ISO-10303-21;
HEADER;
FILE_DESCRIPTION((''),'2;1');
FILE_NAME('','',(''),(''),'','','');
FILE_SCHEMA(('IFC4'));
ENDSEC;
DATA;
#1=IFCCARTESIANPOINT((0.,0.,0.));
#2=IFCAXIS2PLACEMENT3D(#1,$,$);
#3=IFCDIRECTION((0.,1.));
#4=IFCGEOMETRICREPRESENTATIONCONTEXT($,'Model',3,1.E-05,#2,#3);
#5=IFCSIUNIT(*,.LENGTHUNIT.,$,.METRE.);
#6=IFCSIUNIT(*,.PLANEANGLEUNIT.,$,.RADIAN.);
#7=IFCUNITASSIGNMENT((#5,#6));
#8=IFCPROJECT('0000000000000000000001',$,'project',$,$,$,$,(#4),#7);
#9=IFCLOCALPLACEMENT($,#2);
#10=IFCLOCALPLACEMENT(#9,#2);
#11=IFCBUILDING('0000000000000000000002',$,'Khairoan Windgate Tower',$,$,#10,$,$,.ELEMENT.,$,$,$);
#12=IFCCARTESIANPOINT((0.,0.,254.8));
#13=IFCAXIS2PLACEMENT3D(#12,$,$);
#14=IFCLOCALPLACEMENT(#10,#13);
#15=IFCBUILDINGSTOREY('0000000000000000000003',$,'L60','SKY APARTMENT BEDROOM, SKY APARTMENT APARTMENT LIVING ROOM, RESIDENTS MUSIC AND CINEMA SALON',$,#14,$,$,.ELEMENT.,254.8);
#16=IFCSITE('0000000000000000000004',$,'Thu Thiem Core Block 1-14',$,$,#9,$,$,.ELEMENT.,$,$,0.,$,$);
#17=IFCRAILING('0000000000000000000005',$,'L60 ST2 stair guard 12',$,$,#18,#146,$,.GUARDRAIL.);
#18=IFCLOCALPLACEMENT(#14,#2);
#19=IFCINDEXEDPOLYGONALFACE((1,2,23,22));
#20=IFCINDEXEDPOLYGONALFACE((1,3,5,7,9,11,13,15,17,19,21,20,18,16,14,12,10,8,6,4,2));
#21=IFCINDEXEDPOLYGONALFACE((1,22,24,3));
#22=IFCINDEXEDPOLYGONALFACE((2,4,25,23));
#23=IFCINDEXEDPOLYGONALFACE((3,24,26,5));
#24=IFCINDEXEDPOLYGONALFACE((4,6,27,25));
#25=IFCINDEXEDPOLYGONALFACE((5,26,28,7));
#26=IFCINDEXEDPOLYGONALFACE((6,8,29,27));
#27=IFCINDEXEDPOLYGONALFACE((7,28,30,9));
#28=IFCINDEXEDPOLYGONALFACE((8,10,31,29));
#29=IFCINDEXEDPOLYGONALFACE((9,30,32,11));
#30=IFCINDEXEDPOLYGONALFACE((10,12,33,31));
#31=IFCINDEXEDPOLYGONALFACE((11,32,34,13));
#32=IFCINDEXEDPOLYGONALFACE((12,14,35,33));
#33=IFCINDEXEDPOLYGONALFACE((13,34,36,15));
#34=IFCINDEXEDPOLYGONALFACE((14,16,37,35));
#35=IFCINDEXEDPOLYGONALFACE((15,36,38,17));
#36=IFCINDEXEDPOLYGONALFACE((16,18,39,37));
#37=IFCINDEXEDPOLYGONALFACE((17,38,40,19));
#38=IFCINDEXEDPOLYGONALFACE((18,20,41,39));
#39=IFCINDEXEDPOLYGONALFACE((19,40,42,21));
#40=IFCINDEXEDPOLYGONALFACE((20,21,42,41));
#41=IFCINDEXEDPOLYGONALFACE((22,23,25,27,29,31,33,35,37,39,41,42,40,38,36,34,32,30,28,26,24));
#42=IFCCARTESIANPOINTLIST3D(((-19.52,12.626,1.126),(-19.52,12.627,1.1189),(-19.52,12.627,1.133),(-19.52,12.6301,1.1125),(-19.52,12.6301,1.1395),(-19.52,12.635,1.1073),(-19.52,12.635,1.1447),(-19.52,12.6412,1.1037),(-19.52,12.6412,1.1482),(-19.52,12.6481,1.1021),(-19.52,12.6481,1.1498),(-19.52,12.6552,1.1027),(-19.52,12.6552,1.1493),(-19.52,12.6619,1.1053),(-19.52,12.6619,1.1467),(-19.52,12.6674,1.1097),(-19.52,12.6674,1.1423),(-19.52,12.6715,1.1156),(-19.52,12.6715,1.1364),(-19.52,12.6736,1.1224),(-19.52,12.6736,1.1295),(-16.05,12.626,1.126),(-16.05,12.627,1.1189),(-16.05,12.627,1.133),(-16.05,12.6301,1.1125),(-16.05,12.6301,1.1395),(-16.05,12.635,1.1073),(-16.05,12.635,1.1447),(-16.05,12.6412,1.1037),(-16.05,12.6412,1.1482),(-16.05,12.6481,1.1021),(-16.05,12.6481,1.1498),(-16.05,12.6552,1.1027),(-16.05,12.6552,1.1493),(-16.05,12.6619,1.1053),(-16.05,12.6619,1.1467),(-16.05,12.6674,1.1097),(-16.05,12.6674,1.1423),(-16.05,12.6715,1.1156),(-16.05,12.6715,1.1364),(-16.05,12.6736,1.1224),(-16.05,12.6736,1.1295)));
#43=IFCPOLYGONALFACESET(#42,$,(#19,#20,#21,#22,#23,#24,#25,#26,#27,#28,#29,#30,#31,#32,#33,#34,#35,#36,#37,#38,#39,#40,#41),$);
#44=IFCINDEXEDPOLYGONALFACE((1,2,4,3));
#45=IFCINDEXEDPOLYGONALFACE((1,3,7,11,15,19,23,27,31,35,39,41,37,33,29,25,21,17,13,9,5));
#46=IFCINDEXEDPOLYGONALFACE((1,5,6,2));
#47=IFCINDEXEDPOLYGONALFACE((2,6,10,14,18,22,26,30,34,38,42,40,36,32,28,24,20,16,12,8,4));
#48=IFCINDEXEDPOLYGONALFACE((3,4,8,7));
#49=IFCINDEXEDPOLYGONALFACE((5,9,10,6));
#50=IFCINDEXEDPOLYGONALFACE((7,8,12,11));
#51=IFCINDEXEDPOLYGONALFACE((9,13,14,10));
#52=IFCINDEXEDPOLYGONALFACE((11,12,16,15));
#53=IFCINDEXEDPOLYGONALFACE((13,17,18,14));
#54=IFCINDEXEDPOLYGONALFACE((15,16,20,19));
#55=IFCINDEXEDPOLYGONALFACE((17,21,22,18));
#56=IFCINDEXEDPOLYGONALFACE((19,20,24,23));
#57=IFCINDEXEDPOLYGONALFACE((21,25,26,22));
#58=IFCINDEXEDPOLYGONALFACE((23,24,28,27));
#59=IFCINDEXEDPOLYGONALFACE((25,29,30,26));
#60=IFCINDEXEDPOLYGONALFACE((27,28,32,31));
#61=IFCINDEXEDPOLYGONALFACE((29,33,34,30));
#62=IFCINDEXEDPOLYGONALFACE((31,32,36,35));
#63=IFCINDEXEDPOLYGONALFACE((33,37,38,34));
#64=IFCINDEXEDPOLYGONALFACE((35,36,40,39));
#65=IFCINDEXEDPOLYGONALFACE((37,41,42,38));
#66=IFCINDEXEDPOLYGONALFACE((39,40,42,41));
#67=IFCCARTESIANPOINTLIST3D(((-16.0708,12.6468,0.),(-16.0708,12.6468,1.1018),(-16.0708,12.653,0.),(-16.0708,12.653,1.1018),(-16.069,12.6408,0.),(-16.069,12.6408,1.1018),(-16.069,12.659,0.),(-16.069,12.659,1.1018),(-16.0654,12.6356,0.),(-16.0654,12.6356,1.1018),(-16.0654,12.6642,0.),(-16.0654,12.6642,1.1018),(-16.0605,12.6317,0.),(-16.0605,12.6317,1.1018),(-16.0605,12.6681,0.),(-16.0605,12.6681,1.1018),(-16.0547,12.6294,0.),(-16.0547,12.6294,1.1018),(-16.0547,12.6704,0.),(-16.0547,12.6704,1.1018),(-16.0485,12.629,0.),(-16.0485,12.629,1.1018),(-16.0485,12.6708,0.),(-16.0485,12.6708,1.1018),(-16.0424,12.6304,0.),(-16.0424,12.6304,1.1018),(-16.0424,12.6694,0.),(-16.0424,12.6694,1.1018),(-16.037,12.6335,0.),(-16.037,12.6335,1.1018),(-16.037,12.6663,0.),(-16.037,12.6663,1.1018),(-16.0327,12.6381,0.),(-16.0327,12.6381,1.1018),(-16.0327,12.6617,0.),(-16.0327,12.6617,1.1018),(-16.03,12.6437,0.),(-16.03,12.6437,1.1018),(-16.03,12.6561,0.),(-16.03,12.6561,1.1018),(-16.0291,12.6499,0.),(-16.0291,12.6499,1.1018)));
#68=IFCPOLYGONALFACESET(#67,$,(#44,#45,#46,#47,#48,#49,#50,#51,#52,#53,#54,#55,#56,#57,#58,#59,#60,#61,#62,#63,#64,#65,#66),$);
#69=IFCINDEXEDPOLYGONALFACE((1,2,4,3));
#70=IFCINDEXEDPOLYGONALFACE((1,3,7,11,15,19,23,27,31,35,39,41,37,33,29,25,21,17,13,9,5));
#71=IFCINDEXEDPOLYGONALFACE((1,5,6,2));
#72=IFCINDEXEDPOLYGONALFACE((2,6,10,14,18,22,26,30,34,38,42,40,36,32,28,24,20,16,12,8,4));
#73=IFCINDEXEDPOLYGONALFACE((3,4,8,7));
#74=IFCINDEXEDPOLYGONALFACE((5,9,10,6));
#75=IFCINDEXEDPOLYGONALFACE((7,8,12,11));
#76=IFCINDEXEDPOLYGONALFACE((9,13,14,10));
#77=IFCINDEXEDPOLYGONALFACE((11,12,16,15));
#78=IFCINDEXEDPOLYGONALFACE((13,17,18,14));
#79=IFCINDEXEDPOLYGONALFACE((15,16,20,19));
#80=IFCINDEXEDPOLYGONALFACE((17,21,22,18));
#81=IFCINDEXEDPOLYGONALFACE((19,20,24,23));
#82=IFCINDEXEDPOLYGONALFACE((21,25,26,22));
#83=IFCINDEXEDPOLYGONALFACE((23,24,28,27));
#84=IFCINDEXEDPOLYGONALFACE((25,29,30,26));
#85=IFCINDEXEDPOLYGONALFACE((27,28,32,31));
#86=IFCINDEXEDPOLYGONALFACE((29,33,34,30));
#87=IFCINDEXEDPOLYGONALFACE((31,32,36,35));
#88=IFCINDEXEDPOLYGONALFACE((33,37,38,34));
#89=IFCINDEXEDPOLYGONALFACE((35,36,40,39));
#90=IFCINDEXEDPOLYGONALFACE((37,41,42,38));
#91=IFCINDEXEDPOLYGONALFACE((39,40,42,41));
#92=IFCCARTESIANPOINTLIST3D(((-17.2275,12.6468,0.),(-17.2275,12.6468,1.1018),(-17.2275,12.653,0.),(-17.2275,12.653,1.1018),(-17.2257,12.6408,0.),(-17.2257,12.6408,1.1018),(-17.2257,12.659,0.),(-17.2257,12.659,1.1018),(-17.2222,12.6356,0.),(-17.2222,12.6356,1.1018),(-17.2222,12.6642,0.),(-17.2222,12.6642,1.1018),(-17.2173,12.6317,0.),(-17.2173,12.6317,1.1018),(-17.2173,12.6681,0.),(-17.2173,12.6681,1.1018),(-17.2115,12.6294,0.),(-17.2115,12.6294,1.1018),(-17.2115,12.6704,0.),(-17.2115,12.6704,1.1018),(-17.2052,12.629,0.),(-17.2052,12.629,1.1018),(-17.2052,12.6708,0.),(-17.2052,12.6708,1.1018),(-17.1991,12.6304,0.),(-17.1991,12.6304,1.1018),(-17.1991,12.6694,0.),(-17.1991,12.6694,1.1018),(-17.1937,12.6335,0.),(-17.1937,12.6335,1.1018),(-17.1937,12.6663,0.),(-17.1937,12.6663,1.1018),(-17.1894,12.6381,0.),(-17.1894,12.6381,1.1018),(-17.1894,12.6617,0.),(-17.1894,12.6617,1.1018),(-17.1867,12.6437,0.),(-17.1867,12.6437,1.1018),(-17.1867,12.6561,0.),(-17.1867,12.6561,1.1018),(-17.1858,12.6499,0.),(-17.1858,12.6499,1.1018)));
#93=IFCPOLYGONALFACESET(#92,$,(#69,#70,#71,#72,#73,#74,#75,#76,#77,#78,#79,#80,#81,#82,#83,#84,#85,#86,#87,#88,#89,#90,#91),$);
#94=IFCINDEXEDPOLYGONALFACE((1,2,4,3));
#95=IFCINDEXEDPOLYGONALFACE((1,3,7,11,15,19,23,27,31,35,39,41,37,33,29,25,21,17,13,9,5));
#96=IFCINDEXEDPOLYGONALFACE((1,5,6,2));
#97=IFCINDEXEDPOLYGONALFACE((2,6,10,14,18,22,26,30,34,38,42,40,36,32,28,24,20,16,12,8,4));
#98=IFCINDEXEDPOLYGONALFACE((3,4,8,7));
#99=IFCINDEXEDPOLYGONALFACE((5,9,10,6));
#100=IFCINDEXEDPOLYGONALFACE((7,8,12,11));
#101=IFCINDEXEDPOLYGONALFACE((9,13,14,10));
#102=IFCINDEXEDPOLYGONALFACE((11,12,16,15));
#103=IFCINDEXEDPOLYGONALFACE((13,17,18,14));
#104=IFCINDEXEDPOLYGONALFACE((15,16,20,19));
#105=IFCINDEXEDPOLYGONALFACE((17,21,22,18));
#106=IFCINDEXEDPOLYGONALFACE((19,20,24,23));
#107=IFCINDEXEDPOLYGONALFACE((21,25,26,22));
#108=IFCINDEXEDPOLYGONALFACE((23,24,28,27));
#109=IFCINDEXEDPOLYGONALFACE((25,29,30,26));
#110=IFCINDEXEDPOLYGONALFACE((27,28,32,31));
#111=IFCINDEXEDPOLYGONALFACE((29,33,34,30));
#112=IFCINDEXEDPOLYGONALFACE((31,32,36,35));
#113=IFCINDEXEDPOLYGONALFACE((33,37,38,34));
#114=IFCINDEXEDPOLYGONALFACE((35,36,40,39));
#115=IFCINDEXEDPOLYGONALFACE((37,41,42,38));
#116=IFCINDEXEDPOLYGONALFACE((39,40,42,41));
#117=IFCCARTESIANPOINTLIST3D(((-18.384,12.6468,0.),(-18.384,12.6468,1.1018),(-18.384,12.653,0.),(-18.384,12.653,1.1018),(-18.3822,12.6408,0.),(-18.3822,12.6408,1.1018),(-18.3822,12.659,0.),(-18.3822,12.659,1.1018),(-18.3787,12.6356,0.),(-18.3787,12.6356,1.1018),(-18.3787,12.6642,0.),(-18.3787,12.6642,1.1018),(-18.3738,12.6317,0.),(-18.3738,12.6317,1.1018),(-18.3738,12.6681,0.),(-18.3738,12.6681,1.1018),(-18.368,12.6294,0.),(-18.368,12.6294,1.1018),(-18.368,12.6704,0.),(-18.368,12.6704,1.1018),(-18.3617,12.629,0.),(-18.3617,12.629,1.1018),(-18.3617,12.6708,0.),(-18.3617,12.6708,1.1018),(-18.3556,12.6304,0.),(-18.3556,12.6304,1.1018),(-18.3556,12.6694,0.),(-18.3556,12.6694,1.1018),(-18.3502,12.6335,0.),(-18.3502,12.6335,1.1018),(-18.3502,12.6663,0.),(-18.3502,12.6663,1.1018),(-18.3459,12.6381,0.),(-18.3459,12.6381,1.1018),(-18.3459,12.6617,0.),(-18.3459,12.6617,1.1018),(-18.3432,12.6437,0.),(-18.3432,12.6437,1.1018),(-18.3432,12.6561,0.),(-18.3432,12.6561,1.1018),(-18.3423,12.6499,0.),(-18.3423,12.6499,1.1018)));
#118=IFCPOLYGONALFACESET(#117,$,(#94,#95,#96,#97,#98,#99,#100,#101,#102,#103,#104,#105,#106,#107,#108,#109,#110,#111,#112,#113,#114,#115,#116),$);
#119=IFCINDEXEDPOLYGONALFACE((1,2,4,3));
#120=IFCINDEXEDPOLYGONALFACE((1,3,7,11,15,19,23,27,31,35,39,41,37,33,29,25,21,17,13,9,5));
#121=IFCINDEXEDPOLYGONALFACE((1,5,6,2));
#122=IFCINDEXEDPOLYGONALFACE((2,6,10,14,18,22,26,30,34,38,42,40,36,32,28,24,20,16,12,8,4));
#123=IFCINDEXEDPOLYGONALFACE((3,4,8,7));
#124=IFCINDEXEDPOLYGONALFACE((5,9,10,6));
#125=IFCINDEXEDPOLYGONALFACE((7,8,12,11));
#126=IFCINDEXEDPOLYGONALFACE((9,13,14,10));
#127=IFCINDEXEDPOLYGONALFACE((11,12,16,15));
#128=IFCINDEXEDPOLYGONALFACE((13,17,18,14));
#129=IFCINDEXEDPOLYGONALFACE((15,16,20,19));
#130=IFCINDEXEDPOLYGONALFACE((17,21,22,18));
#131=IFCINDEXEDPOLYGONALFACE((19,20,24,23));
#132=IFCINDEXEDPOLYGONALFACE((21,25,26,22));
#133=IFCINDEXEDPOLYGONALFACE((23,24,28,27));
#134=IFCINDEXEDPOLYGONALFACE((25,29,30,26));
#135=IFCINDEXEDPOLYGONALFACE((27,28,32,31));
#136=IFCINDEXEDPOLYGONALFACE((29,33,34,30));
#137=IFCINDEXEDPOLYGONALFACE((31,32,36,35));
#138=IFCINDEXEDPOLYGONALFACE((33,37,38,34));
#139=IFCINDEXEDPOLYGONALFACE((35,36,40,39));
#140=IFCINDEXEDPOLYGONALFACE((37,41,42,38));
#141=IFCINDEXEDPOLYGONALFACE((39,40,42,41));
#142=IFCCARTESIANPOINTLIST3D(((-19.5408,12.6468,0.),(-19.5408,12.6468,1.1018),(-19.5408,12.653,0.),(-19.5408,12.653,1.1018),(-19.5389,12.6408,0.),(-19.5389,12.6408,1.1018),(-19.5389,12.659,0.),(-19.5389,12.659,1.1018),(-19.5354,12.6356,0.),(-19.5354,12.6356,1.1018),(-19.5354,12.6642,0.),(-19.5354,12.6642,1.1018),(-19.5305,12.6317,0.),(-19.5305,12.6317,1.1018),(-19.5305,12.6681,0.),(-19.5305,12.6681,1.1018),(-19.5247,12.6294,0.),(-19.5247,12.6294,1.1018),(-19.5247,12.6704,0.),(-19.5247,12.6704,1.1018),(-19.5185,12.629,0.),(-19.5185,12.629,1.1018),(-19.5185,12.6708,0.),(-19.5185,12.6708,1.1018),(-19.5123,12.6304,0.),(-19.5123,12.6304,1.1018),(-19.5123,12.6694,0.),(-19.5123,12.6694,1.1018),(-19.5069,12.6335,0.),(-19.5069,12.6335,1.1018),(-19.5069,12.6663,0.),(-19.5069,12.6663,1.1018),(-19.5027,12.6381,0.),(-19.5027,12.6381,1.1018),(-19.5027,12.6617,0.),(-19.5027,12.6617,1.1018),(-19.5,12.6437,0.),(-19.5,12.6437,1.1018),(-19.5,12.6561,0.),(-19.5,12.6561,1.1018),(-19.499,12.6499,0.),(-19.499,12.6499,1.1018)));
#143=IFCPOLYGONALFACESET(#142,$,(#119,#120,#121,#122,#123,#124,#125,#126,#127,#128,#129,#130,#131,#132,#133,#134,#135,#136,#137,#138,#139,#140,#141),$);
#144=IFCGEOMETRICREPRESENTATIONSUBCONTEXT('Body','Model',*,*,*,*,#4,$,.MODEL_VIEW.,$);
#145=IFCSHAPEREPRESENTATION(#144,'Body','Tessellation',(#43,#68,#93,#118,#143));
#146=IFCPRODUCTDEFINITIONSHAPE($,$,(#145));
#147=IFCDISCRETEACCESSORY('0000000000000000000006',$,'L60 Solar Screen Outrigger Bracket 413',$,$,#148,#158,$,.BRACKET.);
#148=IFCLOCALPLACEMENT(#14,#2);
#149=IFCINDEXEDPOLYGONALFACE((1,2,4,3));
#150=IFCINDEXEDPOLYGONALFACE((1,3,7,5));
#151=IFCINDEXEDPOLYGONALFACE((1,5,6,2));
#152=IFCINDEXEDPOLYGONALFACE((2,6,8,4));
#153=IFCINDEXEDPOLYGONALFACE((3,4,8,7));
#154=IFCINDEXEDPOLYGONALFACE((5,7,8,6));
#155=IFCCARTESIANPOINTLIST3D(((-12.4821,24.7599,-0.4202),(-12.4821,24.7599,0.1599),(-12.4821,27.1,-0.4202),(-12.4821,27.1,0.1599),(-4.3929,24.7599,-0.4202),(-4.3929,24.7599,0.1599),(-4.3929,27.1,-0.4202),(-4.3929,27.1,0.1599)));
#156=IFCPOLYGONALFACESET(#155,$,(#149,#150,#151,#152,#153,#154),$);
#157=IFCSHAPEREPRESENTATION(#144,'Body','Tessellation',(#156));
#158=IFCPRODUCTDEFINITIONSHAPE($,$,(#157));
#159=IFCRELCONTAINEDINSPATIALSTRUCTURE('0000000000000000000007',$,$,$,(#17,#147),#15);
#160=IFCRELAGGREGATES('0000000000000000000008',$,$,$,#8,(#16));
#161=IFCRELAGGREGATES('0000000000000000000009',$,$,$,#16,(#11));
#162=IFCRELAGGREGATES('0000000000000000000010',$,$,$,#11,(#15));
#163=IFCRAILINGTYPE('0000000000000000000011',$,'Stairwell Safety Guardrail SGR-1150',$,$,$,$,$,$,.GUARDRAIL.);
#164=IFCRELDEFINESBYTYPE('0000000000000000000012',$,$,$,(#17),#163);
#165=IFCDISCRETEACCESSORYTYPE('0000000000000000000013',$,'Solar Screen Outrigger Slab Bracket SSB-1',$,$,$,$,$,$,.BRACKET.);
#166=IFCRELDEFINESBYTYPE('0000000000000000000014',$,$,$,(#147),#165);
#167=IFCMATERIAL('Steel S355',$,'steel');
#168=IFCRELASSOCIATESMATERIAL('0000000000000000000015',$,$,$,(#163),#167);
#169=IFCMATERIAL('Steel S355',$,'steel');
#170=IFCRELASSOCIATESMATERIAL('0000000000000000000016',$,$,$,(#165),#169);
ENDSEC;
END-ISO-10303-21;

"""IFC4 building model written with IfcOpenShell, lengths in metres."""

from ifc_helpers import new_model, si_unit, direction, frame, origin, origin_2d, place, context, subcontext, project, spatial, rectangle, circle, extrude, material, type_object, element, save


model = new_model("IFC4")

# Units and contexts
model_context = context("Model", 3, precision=1e-05, world=origin(), true_north=direction((0.0, 1.0)))
body_context = subcontext(model_context, "Body", "Model", "MODEL_VIEW")
ifc_project = project(units=[si_unit("LENGTHUNIT", "METRE"), si_unit("PLANEANGLEUNIT", "RADIAN")], contexts=[model_context])

# Site, building, storey
site_placement = place(None, origin())
site = spatial("IfcSite", under=ifc_project, at=site_placement, Name="Thu Thiem Core Block 1-14", CompositionType="ELEMENT", RefElevation=0.0)
building_placement = place(site_placement, origin())
building = spatial("IfcBuilding", under=site, at=building_placement, Name="Khairoan Windgate Tower", CompositionType="ELEMENT")
storey_placement = place(building_placement, frame((0.0, 0.0, 254.8)))
storey = spatial("IfcBuildingStorey", under=building, at=storey_placement, Name="L60", Description="SKY APARTMENT BEDROOM, SKY APARTMENT APARTMENT LIVING ROOM, RESIDENTS MUSIC AND CINEMA SALON", CompositionType="ELEMENT", Elevation=254.8)

# Railing
ifc_material_1 = material(Name="Steel S355", Category="steel")
railing_type = type_object("IfcRailingType", Name="Stairwell Safety Guardrail SGR-1150", PredefinedType="GUARDRAIL", material=ifc_material_1)
railing_placement = place(storey_placement, frame((-16.05, 12.6499, 0.0)))
element("IfcRailing", 1, at=railing_placement, inside=storey, type_object=railing_type, Name="L60 ST2 stair guard 12", PredefinedType="GUARDRAIL", context=body_context, shape_type="SweptSolid", body=[
    extrude(circle(Radius=0.0239, at=origin_2d()), frame((0.0, 0.0, 1.126), z_axis=(-1.0, 0.0, 0.0), x_axis=(0.0, -1.0, 0.0)), (0.0, 0.0, 1.0), 3.47),
    extrude(circle(Radius=0.021, at=origin_2d()), origin(), (0.0, 0.0, 1.0), 1.1018),
    extrude(circle(Radius=0.021, at=origin_2d()), frame((-1.1567, 0.0, 0.0)), (0.0, 0.0, 1.0), 1.1018),
    extrude(circle(Radius=0.021, at=origin_2d()), frame((-2.3132, 0.0, 0.0)), (0.0, 0.0, 1.0), 1.1018),
    extrude(circle(Radius=0.021, at=origin_2d()), frame((-3.47, 0.0, 0.0)), (0.0, 0.0, 1.0), 1.1018),
])

# Discrete accessory
ifc_material_2 = material(Name="Steel S355", Category="steel")
discrete_accessory_type = type_object("IfcDiscreteAccessoryType", Name="Solar Screen Outrigger Slab Bracket SSB-1", PredefinedType="BRACKET", material=ifc_material_2)
discrete_accessory_placement = place(storey_placement, frame((-8.4375, 25.9299, -0.4202), z_axis=(0.0, 0.0, 1.0), x_axis=(1.0, 0.0, 0.0)))
element("IfcDiscreteAccessory", 2, at=discrete_accessory_placement, inside=storey, type_object=discrete_accessory_type, Name="L60 Solar Screen Outrigger Bracket 413", PredefinedType="BRACKET", context=body_context, shape_type="SweptSolid", body=[
    extrude(rectangle(XDim=8.0891, YDim=2.3401, at=origin_2d()), origin(), (0.0, 0.0, 1.0), 0.5801),
])

save(model, "model.ifc")
